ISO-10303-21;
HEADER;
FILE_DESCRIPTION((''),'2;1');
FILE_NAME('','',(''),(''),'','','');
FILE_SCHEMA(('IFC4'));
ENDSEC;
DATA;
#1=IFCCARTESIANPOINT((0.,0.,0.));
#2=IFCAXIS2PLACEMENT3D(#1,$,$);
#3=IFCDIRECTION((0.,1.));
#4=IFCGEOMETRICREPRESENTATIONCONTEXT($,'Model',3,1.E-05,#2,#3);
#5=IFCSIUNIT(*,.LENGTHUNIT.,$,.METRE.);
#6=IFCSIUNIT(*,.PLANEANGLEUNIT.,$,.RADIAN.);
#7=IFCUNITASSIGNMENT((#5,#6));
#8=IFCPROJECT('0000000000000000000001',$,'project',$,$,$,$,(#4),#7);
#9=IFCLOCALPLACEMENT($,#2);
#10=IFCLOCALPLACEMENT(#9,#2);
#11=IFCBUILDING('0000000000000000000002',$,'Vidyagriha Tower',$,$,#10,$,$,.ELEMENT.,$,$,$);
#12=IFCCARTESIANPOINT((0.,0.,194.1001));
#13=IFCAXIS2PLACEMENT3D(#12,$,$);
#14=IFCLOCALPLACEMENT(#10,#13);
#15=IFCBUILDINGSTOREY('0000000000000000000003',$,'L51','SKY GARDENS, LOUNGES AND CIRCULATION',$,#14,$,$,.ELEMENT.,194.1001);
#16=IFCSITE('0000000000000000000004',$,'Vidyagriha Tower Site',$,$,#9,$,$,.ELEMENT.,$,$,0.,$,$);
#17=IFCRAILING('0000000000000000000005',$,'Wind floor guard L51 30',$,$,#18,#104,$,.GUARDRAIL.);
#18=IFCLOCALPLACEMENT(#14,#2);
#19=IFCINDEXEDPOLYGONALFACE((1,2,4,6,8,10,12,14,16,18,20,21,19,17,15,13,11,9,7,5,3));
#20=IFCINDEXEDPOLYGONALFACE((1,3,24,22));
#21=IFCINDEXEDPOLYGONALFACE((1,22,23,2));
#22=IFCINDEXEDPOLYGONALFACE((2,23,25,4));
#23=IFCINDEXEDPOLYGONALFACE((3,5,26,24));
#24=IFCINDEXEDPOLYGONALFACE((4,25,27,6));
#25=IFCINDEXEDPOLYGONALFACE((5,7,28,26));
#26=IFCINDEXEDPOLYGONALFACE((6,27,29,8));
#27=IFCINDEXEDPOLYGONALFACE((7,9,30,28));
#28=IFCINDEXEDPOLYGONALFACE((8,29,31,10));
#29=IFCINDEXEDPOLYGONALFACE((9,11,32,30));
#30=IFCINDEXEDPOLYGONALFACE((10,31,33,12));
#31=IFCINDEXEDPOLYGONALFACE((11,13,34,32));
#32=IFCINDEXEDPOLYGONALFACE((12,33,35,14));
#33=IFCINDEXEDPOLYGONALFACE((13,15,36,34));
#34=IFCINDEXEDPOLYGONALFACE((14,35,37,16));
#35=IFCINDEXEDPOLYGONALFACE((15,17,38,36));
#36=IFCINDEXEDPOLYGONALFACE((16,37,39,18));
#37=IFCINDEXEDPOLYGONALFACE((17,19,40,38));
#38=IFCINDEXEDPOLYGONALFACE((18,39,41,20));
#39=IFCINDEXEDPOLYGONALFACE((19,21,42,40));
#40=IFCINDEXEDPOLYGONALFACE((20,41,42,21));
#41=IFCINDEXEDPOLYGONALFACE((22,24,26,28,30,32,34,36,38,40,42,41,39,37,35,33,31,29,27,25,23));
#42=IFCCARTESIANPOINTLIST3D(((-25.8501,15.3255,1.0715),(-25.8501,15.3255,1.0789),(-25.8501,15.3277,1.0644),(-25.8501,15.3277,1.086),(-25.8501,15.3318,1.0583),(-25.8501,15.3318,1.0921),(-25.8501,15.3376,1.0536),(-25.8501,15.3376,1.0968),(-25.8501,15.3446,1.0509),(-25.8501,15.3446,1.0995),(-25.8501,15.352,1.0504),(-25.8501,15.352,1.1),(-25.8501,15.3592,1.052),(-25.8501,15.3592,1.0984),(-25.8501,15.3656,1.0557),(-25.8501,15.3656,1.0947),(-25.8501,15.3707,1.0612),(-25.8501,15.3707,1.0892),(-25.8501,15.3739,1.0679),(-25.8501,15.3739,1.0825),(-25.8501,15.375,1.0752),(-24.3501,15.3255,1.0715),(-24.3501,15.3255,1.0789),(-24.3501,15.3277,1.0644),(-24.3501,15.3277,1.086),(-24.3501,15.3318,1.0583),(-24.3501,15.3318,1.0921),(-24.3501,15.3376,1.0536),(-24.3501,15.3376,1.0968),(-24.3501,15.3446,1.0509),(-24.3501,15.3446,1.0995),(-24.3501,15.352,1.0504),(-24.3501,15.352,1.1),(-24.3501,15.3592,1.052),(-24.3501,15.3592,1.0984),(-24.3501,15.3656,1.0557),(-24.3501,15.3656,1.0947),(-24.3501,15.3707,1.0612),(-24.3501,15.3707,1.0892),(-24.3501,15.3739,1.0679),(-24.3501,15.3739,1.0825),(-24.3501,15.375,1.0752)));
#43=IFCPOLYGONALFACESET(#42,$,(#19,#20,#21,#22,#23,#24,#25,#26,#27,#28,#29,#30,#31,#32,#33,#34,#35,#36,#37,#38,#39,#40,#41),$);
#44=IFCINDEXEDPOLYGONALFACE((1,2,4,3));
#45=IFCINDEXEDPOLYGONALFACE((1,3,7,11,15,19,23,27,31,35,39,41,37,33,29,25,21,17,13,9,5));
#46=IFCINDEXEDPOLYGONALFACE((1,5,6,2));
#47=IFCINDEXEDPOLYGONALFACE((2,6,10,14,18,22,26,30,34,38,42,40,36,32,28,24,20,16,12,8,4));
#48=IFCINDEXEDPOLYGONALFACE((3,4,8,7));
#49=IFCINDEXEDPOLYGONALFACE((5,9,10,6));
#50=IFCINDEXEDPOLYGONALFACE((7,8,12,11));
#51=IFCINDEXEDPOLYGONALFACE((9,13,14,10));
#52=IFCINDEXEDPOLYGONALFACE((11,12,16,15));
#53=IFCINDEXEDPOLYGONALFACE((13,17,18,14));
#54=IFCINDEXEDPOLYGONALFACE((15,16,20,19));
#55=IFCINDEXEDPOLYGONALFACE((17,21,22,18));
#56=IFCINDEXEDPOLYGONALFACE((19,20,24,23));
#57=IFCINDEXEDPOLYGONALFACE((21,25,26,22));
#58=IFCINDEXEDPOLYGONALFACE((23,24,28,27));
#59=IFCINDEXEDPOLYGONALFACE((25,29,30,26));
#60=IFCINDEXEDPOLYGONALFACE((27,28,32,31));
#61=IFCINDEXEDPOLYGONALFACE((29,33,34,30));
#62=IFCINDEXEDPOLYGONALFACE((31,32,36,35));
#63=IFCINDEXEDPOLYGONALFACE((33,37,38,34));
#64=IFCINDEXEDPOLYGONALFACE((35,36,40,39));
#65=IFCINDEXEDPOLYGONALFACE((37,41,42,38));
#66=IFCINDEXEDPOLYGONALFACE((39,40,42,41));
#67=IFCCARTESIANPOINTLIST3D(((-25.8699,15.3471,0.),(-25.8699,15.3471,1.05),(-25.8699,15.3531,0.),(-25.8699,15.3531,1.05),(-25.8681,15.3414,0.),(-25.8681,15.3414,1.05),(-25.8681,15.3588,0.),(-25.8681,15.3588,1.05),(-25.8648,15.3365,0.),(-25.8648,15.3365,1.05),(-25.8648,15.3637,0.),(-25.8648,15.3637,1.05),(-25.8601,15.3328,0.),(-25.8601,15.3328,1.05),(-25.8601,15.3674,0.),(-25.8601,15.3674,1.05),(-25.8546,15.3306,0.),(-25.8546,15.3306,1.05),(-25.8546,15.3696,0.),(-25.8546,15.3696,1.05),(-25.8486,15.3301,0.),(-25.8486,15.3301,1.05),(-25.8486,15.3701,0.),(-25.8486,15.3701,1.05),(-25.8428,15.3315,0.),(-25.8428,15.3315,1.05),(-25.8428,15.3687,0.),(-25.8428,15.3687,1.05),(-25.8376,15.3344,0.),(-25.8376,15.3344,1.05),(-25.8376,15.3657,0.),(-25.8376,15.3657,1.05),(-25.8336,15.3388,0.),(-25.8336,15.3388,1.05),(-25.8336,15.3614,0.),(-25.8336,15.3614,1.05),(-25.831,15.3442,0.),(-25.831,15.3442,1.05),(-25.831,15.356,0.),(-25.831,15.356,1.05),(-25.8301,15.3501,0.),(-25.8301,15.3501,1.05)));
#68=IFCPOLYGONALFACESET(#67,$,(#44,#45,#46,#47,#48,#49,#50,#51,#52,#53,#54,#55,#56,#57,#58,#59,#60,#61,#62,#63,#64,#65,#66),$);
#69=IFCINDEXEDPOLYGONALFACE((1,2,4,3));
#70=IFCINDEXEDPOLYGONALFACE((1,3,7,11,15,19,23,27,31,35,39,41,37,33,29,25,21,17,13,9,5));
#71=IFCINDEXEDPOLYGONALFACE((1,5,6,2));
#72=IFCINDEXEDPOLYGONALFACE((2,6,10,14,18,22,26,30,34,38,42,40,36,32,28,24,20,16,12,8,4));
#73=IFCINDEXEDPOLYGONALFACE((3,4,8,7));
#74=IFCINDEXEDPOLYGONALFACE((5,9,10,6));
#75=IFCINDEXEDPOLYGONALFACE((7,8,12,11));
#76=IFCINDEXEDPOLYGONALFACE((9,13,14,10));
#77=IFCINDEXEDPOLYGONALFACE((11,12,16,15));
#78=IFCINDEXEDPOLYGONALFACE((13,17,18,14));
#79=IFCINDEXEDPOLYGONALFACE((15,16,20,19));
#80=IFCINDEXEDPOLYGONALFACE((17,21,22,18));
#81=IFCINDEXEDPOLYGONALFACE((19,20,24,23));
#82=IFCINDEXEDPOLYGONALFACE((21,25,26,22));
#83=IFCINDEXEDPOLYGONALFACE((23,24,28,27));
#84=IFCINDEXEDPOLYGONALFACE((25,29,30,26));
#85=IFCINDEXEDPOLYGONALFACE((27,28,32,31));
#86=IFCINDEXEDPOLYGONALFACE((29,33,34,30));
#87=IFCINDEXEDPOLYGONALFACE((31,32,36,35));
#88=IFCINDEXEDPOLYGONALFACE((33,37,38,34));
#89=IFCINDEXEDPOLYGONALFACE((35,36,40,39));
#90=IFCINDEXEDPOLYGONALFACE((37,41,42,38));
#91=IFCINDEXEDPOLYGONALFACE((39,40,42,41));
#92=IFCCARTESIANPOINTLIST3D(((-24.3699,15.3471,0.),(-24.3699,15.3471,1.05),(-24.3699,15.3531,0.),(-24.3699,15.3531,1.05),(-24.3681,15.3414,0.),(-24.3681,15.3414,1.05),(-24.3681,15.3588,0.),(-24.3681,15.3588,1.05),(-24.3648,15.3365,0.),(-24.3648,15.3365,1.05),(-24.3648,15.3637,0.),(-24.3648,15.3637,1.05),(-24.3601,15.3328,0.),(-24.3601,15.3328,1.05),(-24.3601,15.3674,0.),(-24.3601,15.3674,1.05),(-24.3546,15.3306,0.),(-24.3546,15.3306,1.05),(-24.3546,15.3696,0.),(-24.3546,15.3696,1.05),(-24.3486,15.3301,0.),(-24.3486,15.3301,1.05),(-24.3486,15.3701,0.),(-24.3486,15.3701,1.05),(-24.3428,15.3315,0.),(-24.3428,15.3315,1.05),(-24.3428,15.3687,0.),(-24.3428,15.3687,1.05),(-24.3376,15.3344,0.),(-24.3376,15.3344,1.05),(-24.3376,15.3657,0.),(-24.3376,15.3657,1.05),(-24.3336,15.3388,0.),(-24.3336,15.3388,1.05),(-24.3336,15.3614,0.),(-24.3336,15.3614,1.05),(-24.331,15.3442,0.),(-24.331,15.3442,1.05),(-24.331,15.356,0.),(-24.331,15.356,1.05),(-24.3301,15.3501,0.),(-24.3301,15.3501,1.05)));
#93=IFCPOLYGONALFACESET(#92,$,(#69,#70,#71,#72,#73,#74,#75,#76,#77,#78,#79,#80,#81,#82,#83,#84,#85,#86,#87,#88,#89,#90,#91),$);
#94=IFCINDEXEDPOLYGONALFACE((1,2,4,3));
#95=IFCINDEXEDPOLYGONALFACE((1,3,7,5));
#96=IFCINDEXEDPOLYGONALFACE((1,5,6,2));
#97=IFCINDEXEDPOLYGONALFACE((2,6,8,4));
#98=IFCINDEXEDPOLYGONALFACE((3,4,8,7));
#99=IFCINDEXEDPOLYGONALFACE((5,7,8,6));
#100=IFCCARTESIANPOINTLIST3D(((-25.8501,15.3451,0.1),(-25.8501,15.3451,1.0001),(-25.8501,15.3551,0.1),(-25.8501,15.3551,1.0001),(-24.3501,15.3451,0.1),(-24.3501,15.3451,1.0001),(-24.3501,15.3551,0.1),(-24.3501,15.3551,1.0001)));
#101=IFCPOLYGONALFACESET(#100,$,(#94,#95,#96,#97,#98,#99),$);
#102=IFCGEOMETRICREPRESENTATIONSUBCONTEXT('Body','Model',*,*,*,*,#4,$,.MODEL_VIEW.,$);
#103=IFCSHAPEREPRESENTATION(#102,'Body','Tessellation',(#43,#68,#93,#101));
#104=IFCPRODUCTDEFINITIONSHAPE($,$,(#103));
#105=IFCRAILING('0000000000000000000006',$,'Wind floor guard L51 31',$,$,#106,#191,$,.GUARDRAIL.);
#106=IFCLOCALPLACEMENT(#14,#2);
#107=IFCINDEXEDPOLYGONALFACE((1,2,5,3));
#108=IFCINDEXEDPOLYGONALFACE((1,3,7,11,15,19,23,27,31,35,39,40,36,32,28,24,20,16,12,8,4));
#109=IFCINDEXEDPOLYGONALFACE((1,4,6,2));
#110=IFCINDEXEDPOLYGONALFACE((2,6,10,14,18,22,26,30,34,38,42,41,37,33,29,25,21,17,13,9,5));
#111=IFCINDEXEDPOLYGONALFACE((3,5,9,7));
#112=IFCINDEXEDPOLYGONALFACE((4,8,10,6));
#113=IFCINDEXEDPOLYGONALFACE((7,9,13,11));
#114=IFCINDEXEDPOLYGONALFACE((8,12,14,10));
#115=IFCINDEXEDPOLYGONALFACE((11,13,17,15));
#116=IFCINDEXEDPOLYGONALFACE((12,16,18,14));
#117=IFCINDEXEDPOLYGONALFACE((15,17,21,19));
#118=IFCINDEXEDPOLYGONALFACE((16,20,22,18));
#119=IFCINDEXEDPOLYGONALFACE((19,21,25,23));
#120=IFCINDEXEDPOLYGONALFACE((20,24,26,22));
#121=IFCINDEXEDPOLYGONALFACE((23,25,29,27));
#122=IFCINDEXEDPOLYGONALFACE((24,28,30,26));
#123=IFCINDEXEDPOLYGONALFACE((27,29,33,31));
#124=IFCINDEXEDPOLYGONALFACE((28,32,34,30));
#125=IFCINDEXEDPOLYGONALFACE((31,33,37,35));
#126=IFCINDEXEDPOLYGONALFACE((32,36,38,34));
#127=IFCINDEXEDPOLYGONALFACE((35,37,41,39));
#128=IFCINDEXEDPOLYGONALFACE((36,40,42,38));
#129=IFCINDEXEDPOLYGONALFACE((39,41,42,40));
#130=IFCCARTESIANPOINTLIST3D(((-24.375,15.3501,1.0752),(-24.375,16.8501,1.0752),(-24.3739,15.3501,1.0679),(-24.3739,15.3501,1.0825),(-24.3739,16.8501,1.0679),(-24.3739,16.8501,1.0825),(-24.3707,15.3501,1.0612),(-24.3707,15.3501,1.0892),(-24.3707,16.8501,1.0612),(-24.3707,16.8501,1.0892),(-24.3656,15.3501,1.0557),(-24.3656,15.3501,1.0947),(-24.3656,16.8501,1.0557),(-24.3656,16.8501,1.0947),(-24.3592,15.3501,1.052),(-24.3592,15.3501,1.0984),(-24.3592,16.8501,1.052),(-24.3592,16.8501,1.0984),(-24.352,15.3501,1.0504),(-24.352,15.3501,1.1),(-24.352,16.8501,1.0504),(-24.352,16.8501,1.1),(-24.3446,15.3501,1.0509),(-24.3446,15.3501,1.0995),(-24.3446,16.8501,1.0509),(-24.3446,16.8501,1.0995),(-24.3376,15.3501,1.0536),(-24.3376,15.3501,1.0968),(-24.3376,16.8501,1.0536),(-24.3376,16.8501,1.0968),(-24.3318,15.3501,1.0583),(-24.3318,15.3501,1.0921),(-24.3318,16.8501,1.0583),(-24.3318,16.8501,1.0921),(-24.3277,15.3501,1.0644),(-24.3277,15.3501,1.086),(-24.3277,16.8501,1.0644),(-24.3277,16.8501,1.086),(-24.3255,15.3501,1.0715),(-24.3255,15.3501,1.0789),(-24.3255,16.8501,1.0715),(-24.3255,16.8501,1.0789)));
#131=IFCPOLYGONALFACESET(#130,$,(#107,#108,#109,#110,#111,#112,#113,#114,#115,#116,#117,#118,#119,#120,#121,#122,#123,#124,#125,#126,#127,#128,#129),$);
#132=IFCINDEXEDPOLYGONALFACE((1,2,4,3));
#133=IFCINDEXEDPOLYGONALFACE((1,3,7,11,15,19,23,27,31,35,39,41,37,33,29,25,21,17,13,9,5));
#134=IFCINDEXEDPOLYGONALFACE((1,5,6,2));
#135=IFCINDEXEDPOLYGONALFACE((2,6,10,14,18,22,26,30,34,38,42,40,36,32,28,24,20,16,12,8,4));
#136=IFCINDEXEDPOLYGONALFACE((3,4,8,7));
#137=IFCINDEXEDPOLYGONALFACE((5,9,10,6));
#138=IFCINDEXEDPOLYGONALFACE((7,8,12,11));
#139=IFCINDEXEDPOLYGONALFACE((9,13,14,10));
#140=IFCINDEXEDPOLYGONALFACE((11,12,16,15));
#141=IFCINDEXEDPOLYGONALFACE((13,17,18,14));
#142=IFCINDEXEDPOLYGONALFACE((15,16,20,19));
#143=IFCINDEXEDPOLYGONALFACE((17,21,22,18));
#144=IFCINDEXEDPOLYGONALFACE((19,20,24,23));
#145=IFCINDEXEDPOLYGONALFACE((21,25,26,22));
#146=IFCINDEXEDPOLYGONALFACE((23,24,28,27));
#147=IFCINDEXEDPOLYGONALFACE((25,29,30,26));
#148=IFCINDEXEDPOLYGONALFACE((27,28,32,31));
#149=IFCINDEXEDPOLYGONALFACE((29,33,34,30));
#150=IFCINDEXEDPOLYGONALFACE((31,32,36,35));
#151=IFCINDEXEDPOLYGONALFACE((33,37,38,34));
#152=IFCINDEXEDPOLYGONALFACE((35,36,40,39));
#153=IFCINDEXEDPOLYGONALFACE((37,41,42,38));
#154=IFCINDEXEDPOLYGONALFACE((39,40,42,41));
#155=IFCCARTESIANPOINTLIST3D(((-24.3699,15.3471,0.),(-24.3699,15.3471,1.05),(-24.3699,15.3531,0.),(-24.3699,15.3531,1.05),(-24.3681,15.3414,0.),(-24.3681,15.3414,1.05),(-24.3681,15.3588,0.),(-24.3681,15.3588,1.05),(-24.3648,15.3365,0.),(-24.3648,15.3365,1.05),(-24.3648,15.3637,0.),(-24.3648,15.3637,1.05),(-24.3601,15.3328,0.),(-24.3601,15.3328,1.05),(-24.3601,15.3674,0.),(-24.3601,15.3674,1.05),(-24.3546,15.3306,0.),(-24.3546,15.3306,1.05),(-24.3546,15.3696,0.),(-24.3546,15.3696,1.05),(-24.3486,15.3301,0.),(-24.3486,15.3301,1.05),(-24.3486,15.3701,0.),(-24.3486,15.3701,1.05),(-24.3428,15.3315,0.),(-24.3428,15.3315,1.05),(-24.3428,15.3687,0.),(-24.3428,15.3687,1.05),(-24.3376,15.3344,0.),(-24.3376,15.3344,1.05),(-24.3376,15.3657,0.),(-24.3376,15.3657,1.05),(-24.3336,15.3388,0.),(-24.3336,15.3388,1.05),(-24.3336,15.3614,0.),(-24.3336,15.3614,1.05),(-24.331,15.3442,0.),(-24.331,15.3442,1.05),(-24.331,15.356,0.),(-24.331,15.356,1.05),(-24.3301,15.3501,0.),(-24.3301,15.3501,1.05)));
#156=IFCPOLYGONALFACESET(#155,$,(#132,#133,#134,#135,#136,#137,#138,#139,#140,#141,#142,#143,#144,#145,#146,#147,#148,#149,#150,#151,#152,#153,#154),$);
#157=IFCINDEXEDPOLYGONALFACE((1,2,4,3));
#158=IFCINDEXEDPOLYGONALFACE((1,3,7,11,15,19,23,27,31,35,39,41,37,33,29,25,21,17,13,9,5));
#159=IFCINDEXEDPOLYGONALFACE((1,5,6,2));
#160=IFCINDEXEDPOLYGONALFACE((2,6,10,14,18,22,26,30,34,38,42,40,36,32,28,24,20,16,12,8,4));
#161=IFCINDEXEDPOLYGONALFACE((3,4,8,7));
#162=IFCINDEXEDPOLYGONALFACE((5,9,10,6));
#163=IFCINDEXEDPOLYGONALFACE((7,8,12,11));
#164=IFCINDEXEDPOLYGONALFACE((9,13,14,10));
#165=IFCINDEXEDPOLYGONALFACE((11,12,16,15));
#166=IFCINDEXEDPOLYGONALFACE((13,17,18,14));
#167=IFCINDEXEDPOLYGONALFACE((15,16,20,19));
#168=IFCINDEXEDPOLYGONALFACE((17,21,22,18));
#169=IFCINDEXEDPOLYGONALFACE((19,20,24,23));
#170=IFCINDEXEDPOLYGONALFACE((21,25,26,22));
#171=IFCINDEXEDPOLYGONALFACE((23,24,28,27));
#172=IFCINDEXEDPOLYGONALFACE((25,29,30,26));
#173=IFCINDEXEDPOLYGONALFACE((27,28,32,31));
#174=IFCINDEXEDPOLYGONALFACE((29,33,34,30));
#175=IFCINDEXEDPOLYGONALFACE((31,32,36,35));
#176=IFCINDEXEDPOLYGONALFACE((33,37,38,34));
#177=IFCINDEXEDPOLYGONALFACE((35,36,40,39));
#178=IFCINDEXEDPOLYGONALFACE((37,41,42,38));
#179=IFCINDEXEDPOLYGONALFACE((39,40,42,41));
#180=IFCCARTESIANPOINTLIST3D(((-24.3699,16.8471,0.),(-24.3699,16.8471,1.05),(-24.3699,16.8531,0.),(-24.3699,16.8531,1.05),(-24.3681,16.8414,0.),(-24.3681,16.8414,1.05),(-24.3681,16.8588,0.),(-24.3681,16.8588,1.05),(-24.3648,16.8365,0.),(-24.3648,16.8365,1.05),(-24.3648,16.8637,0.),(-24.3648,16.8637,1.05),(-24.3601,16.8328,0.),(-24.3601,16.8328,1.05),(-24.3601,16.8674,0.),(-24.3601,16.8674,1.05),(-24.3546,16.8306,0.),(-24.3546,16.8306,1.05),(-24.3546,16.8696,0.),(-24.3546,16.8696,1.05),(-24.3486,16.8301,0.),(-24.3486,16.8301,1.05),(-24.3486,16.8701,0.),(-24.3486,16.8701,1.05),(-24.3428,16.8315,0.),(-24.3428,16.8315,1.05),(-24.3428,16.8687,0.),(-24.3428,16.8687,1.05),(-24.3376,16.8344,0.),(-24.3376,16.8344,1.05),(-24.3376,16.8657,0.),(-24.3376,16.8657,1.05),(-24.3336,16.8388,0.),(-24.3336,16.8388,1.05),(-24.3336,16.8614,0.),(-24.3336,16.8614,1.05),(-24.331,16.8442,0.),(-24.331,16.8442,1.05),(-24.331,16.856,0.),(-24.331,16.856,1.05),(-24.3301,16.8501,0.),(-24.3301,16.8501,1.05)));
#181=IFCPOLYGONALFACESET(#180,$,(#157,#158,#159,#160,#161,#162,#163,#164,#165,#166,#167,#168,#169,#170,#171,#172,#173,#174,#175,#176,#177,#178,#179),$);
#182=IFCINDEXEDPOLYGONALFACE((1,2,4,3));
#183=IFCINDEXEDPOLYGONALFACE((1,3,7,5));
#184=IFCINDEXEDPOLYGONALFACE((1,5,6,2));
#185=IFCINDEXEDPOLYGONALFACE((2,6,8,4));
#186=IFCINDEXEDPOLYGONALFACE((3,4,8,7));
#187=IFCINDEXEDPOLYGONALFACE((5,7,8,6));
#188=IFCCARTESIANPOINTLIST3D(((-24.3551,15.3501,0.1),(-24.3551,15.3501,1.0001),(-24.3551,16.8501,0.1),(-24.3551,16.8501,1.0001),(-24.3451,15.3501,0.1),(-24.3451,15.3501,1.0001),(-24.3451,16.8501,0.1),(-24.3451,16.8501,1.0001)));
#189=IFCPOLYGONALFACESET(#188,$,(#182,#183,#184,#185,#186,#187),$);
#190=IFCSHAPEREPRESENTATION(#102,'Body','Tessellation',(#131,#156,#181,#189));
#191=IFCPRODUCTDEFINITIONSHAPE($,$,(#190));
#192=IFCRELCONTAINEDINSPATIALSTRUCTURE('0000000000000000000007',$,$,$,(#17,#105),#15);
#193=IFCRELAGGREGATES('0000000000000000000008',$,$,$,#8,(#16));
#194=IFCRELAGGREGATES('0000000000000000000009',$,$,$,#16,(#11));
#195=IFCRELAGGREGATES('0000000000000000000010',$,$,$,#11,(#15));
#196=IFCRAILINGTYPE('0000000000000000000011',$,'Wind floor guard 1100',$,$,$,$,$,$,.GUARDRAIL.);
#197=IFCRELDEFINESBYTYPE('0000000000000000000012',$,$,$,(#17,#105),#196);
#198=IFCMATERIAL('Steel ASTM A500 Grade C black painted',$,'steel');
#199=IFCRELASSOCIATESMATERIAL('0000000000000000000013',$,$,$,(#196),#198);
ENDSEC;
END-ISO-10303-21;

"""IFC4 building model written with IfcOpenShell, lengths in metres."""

from ifc_helpers import new_model, si_unit, direction, frame, origin, origin_2d, place, context, subcontext, project, spatial, rectangle, circle, extrude, material, type_object, element, save


model = new_model("IFC4")

# Units and contexts
model_context = context("Model", 3, precision=1e-05, world=origin(), true_north=direction((0.0, 1.0)))
body_context = subcontext(model_context, "Body", "Model", "MODEL_VIEW")
ifc_project = project(units=[si_unit("LENGTHUNIT", "METRE"), si_unit("PLANEANGLEUNIT", "RADIAN")], contexts=[model_context])

# Site, building, storey
site_placement = place(None, origin())
site = spatial("IfcSite", under=ifc_project, at=site_placement, Name="Vidyagriha Tower Site", CompositionType="ELEMENT", RefElevation=0.0)
building_placement = place(site_placement, origin())
building = spatial("IfcBuilding", under=site, at=building_placement, Name="Vidyagriha Tower", CompositionType="ELEMENT")
storey_placement = place(building_placement, frame((0.0, 0.0, 194.1001)))
storey = spatial("IfcBuildingStorey", under=building, at=storey_placement, Name="L51", Description="SKY GARDENS, LOUNGES AND CIRCULATION", CompositionType="ELEMENT", Elevation=194.1001)

# Railings
ifc_material_1 = material(Name="Steel ASTM A500 Grade C black painted", Category="steel")
railing_type_1 = type_object("IfcRailingType", Name="Wind floor guard 1100", PredefinedType="GUARDRAIL", material=ifc_material_1)
railing_1_placement = place(storey_placement, frame((-25.8501, 15.3501, 0.0)))
element("IfcRailing", 1, at=railing_1_placement, inside=storey, type_object=railing_type_1, Name="Wind floor guard L51 30", PredefinedType="GUARDRAIL", context=body_context, shape_type="SweptSolid", body=[
    extrude(circle(Radius=0.0249, at=origin_2d()), frame((0.0, 0.0, 1.0752), z_axis=(1.0, 0.0, 0.0), x_axis=(0.0, 1.0, 0.0)), (0.0, 0.0, 1.0), 1.5),
    extrude(circle(Radius=0.02, at=origin_2d()), origin(), (0.0, 0.0, 1.0), 1.05),
    extrude(circle(Radius=0.02, at=origin_2d()), frame((1.5, 0.0, 0.0)), (0.0, 0.0, 1.0), 1.05),
    extrude(rectangle(XDim=0.01, YDim=0.9001, at=origin_2d()), frame((0.0, 0.0, 0.55), z_axis=(1.0, 0.0, 0.0), x_axis=(0.0, 1.0, 0.0)), (0.0, 0.0, 1.0), 1.5),
])
railing_2_placement = place(storey_placement, frame((-24.3501, 15.3501, 0.0)))
element("IfcRailing", 2, at=railing_2_placement, inside=storey, type_object=railing_type_1, Name="Wind floor guard L51 31", PredefinedType="GUARDRAIL", context=body_context, shape_type="SweptSolid", body=[
    extrude(circle(Radius=0.0249, at=origin_2d()), frame((0.0, 0.0, 1.0752), z_axis=(0.0, 1.0, 0.0), x_axis=(-1.0, 0.0, 0.0)), (0.0, 0.0, 1.0), 1.5),
    extrude(circle(Radius=0.02, at=origin_2d()), origin(), (0.0, 0.0, 1.0), 1.05),
    extrude(circle(Radius=0.02, at=origin_2d()), frame((0.0, 1.5, 0.0)), (0.0, 0.0, 1.0), 1.05),
    extrude(rectangle(XDim=0.01, YDim=0.9001, at=origin_2d()), frame((0.0, 0.0, 0.55), z_axis=(0.0, 1.0, 0.0), x_axis=(-1.0, 0.0, 0.0)), (0.0, 0.0, 1.0), 1.5),
])

save(model, "model.ifc")
